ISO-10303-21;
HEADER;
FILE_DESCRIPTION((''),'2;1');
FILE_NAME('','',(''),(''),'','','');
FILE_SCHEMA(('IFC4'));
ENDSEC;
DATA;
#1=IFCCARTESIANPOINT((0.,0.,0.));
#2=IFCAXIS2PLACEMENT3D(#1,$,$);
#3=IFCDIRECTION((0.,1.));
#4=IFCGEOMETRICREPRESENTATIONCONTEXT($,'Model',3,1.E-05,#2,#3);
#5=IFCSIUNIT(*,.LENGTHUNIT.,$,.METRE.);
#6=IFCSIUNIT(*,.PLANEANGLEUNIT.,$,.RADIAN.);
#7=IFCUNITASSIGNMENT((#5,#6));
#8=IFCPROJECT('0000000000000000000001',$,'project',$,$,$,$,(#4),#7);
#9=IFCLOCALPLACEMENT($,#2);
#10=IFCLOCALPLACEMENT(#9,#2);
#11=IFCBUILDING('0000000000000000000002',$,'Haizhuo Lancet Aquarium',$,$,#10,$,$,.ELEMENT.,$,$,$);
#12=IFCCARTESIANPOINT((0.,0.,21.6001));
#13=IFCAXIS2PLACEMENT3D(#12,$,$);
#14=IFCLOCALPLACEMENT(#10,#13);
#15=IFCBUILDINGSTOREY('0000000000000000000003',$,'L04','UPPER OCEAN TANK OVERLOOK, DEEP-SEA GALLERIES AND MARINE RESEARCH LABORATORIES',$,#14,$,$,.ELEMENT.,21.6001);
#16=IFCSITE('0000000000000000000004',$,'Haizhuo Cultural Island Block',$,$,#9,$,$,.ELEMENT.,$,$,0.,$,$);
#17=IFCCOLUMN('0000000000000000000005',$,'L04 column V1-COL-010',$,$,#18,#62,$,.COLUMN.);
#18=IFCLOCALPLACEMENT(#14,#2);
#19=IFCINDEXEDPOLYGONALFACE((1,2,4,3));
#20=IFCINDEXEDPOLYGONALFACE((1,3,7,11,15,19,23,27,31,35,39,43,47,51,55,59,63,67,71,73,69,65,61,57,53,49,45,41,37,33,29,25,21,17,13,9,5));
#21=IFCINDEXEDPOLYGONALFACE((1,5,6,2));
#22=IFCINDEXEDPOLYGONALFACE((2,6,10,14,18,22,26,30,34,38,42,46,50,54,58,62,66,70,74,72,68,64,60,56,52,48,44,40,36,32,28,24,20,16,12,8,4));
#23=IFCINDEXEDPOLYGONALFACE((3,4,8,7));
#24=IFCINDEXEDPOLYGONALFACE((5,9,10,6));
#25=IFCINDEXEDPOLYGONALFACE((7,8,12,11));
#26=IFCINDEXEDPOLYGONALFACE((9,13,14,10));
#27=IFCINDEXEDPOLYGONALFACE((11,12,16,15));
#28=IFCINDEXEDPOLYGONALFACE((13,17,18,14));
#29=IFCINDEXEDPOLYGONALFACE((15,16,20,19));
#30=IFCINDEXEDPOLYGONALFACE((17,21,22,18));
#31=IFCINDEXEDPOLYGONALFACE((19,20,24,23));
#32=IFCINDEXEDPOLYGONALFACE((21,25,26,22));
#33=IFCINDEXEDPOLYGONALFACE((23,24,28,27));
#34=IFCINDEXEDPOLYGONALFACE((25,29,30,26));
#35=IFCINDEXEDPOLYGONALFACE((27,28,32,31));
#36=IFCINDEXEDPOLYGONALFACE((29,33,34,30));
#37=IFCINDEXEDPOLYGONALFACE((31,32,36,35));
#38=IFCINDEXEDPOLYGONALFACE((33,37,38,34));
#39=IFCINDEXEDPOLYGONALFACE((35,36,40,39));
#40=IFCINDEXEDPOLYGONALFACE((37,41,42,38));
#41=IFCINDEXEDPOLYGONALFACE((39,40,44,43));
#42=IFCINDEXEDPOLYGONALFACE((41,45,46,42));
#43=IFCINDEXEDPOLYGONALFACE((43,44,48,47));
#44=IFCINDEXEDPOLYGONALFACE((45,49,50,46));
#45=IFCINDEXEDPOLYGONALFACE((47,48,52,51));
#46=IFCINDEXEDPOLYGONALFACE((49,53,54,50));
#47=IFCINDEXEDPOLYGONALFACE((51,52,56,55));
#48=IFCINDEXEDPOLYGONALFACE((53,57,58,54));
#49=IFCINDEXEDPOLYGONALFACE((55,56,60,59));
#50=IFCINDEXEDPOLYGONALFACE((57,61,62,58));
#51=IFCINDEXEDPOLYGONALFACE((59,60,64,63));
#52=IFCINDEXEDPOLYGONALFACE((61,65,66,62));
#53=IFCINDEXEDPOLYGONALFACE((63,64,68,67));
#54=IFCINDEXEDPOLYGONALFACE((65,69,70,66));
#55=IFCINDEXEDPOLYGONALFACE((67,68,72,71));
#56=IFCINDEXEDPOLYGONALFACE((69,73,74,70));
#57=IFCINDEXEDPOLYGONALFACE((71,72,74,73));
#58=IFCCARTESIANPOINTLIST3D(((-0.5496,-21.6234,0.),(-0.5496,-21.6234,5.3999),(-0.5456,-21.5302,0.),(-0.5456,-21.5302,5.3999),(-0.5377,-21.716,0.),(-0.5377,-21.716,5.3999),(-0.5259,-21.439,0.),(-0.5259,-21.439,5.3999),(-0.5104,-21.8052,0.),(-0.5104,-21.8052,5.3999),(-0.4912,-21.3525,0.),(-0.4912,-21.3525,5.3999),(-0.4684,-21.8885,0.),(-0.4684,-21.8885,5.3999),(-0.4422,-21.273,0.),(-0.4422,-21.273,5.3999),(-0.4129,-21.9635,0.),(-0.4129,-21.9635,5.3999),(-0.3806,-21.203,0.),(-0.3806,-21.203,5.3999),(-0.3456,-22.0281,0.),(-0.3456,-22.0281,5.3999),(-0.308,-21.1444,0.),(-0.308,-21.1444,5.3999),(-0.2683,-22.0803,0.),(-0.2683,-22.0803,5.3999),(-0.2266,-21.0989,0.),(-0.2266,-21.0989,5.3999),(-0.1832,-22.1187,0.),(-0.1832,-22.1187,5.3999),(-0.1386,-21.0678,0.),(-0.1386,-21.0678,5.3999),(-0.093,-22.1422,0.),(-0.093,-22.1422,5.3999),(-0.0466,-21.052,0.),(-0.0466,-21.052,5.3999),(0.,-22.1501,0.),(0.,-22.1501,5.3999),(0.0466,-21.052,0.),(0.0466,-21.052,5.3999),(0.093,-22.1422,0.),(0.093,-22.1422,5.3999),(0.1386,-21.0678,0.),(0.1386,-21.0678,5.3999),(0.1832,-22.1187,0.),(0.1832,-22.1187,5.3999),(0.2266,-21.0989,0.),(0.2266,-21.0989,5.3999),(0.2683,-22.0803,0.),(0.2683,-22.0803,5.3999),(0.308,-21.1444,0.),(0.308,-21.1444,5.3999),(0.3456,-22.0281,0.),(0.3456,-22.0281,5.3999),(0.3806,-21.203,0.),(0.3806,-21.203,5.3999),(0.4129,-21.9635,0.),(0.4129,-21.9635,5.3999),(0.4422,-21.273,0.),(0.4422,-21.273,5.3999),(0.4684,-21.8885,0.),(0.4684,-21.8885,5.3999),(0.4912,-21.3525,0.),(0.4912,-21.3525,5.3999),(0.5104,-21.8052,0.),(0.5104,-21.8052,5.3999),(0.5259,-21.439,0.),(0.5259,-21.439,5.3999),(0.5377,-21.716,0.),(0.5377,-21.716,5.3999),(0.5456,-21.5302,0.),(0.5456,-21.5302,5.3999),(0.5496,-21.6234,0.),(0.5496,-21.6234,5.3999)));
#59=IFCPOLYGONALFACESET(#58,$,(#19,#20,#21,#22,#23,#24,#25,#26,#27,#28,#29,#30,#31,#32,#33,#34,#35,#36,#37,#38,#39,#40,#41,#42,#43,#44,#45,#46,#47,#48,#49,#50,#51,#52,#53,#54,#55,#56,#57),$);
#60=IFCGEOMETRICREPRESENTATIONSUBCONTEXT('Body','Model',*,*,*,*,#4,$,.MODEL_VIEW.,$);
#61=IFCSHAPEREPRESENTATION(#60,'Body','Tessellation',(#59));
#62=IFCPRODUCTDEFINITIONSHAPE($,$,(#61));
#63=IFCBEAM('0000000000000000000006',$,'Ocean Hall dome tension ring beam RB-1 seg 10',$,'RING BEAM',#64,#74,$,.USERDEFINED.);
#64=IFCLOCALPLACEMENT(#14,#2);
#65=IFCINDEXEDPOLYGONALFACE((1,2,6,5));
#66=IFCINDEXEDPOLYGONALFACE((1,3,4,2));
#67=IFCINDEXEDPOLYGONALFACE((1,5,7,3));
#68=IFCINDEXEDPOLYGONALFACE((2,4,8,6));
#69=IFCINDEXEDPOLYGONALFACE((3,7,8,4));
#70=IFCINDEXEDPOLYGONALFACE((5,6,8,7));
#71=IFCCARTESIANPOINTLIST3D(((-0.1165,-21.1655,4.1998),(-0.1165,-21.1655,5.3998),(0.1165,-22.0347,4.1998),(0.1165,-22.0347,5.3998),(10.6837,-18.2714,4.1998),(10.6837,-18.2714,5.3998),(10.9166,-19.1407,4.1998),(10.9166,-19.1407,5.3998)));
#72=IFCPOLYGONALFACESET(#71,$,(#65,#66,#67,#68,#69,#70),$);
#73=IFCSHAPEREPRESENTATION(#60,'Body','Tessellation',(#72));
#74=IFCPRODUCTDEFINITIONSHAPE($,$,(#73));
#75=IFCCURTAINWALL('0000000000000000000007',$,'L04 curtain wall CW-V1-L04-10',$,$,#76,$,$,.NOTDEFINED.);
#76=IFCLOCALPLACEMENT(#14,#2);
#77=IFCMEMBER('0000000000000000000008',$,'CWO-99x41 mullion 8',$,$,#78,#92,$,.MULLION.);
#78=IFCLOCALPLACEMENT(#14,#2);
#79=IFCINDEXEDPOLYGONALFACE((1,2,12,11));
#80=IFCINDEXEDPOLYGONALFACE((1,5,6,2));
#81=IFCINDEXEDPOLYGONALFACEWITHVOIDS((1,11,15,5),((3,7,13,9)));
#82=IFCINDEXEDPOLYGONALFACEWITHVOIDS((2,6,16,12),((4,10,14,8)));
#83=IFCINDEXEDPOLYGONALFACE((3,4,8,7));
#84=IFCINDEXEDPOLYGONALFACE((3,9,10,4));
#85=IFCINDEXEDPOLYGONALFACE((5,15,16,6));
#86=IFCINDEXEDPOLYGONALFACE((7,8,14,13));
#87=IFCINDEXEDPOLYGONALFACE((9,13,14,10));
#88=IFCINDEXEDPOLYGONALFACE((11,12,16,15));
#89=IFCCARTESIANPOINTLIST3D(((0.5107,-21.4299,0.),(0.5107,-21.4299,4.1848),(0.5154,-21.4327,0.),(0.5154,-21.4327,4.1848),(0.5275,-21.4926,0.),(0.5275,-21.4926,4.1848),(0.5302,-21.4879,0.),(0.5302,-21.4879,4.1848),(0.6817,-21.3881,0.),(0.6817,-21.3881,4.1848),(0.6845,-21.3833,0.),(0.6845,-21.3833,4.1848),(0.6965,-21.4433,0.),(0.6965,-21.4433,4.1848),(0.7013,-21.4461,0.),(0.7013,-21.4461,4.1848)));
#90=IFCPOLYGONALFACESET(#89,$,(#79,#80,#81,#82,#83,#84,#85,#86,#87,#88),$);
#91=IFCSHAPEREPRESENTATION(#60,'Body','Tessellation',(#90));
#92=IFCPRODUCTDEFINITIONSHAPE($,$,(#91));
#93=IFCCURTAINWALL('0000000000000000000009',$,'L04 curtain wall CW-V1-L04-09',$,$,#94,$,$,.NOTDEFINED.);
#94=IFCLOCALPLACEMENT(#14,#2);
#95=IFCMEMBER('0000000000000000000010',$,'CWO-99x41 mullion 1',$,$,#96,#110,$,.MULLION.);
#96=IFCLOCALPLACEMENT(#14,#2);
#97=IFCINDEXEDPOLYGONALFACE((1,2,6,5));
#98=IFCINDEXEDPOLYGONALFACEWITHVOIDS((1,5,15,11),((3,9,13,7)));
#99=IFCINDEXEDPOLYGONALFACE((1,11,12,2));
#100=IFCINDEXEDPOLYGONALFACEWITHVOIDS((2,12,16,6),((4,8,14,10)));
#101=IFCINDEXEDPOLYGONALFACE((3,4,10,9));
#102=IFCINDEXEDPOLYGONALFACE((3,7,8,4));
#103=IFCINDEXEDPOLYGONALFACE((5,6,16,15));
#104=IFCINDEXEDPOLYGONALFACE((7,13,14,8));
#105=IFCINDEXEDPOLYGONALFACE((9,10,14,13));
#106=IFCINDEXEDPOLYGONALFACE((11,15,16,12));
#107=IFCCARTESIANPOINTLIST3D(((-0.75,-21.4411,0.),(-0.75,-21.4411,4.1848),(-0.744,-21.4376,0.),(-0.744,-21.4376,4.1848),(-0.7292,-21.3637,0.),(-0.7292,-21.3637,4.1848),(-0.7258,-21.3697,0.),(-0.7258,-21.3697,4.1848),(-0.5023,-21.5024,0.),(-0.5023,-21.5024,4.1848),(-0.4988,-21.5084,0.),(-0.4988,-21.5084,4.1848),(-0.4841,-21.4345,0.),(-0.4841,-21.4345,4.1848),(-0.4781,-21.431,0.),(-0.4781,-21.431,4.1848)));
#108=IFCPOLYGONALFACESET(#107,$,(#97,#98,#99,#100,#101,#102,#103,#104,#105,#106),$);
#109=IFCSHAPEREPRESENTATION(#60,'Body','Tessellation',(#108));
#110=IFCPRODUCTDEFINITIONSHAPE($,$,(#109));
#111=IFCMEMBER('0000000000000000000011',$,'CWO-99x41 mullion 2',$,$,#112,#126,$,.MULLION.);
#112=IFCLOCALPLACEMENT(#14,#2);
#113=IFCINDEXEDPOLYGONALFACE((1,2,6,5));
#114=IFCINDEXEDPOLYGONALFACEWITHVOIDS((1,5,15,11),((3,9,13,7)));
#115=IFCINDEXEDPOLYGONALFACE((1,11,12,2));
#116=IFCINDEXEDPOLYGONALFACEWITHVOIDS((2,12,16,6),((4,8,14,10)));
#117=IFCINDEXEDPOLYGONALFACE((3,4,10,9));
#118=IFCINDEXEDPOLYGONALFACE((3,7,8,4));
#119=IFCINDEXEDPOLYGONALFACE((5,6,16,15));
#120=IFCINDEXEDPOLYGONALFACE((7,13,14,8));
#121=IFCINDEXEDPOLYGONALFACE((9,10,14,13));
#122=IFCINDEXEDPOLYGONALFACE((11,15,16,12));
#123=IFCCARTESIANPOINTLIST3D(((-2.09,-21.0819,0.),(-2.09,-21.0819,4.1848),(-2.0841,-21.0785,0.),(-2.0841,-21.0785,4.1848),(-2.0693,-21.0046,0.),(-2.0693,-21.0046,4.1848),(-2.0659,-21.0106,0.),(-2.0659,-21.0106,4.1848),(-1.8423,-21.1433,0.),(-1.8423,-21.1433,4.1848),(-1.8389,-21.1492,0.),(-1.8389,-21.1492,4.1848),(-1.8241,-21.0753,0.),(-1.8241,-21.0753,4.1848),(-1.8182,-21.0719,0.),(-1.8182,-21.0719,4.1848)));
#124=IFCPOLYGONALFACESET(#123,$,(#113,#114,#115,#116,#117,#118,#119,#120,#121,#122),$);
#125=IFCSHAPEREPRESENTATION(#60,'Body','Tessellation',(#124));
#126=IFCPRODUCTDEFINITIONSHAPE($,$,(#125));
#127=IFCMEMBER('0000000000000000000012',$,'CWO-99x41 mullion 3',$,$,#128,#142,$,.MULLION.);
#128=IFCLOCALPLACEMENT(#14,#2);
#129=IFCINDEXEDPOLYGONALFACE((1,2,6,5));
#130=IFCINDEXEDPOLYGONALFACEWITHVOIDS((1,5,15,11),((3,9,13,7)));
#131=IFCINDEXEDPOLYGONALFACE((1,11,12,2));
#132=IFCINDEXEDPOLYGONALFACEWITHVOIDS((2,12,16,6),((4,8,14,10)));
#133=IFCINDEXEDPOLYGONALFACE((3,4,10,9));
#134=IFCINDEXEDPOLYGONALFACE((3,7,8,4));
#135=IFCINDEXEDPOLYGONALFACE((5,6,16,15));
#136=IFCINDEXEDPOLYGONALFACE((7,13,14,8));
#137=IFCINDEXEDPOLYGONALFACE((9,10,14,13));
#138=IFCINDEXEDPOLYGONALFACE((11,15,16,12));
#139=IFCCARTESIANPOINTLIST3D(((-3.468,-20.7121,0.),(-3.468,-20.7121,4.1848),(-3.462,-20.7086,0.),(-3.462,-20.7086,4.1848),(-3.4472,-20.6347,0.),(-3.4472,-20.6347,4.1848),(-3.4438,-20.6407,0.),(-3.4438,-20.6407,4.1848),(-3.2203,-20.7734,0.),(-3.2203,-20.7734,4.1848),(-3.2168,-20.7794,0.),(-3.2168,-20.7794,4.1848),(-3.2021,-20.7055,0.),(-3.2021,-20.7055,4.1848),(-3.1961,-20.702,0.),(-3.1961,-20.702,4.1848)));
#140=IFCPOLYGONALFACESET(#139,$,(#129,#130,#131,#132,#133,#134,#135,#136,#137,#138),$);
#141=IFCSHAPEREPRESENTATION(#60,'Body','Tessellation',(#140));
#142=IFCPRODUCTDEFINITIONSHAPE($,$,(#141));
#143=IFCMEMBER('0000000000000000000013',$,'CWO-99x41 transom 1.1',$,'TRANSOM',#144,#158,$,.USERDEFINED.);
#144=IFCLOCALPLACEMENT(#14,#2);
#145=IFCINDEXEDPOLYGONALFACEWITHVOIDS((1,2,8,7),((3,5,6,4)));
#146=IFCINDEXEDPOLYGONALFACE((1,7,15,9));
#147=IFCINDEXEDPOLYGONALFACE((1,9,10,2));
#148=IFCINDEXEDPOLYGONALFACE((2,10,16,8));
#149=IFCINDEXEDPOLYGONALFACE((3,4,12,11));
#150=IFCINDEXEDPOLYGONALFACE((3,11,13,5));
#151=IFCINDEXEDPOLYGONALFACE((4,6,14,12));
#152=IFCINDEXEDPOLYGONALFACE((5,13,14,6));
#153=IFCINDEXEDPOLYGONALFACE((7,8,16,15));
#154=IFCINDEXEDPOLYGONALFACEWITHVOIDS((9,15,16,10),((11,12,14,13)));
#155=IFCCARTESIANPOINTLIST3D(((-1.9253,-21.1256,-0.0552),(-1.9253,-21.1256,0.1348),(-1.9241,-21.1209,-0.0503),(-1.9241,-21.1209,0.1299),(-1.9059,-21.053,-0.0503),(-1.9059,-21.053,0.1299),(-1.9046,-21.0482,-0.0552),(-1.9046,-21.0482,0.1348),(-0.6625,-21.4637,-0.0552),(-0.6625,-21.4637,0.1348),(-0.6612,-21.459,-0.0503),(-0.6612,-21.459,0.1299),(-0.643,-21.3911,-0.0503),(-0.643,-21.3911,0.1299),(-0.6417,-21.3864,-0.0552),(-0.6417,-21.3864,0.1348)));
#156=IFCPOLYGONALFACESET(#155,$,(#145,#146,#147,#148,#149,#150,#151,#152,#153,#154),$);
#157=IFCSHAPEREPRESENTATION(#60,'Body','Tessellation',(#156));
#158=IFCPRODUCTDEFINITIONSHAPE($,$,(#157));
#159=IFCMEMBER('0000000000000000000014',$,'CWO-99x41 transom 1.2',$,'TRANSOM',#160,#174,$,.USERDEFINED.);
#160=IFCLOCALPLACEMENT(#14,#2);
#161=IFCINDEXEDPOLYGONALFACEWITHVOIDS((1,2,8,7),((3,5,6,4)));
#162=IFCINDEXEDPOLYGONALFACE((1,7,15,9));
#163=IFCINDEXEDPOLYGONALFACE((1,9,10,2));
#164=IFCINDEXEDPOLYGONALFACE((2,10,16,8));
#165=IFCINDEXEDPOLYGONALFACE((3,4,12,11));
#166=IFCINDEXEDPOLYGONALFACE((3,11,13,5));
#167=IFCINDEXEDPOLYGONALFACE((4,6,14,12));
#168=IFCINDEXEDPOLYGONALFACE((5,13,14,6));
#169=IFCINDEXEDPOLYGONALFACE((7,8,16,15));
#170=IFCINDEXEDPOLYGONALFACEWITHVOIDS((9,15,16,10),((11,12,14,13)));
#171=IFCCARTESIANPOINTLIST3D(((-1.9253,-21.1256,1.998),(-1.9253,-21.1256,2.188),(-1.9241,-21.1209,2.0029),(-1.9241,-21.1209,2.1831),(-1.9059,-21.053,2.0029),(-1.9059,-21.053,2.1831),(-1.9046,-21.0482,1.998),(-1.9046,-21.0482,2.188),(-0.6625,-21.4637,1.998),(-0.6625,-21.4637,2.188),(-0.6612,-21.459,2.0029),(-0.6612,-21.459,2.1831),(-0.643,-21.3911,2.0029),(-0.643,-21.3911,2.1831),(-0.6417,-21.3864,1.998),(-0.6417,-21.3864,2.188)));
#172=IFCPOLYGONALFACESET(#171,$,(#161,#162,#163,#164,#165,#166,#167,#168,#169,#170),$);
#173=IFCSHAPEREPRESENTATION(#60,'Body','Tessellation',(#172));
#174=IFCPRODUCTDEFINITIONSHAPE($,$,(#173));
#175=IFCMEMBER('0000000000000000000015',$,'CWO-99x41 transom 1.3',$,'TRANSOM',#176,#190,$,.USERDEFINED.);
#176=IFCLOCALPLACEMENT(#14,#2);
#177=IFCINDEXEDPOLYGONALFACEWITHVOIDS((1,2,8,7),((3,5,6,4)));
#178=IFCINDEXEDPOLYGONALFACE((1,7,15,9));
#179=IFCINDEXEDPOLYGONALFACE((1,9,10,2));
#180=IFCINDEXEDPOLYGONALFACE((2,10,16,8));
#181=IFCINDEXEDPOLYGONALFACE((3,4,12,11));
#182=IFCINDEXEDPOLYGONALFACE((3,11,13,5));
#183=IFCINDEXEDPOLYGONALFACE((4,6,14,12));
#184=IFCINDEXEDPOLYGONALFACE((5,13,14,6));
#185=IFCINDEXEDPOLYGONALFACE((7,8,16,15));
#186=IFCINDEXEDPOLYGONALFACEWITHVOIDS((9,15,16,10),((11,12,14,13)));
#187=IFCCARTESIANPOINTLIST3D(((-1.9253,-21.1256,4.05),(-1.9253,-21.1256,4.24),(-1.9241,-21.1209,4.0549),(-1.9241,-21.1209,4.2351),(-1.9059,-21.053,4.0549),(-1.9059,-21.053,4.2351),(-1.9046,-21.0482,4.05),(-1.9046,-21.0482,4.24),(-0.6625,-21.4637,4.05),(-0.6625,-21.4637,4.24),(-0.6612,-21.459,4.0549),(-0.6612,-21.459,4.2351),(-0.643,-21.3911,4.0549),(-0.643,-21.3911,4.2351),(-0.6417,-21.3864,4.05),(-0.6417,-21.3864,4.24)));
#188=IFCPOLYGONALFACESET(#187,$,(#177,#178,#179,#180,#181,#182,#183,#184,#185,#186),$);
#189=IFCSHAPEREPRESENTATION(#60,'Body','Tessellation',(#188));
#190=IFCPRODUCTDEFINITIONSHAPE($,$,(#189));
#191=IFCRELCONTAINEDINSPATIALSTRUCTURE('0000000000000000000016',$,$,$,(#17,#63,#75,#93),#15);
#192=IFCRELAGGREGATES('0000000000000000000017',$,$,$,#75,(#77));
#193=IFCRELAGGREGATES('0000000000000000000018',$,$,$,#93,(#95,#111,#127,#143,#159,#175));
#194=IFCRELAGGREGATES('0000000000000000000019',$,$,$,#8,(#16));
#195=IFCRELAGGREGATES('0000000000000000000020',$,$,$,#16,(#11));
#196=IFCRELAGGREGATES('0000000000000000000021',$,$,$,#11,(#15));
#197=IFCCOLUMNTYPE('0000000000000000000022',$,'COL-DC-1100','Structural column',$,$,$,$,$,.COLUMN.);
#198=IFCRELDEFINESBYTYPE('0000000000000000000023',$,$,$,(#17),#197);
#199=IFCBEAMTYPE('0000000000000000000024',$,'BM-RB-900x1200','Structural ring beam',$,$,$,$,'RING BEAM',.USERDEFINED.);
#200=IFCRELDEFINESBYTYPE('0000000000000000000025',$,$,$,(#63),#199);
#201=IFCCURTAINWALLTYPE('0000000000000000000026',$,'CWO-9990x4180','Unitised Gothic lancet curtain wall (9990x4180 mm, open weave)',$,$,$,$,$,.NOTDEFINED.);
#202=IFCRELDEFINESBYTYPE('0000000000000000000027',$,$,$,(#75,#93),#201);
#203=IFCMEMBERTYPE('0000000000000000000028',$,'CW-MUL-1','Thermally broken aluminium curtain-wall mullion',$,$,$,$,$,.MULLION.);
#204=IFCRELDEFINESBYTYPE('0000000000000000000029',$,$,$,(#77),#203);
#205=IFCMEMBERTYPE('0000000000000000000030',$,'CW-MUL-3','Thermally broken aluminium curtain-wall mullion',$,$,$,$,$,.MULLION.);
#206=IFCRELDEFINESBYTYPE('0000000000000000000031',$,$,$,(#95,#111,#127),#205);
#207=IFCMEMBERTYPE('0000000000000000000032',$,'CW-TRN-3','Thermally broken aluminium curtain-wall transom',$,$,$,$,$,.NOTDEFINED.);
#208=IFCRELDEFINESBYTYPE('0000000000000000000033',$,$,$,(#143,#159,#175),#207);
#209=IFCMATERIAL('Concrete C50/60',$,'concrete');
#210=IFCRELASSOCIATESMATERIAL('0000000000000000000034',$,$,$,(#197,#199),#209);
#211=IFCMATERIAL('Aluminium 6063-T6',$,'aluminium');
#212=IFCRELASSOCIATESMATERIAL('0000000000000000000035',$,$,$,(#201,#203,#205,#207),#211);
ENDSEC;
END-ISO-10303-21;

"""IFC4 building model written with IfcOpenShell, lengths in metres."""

from ifc_helpers import new_model, si_unit, direction, frame, origin, origin_2d, place, context, subcontext, project, spatial, rectangle, hollow_rectangle, circle, extrude, material, material_profile, profile_set, type_object, element, aggregate, save


model = new_model("IFC4")

# Units and contexts
model_context = context("Model", 3, precision=1e-05, world=origin(), true_north=direction((0.0, 1.0)))
body_context = subcontext(model_context, "Body", "Model", "MODEL_VIEW")
ifc_project = project(units=[si_unit("LENGTHUNIT", "METRE"), si_unit("PLANEANGLEUNIT", "RADIAN")], contexts=[model_context])

# Site, building, storey
site_placement = place(None, origin())
site = spatial("IfcSite", under=ifc_project, at=site_placement, Name="Haizhuo Cultural Island Block", CompositionType="ELEMENT", RefElevation=0.0)
building_placement = place(site_placement, origin())
building = spatial("IfcBuilding", under=site, at=building_placement, Name="Haizhuo Lancet Aquarium", CompositionType="ELEMENT")
storey_placement = place(building_placement, frame((0.0, 0.0, 21.6001)))
storey = spatial("IfcBuildingStorey", under=building, at=storey_placement, Name="L04", Description="UPPER OCEAN TANK OVERLOOK, DEEP-SEA GALLERIES AND MARINE RESEARCH LABORATORIES", CompositionType="ELEMENT", Elevation=21.6001)

# Column
ifc_material_1 = material(Name="Concrete C50/60", Category="concrete")
ifc_material_profile_1 = material_profile(ifc_material_1, circle(Radius=0.55, at=origin_2d()), Name="RC-DC 1100")
ifc_profile_set_1 = profile_set([ifc_material_profile_1], Name="Concrete C50/60")
column_type = type_object("IfcColumnType", Name="COL-DC-1100", Description="Structural column", PredefinedType="COLUMN", material=ifc_profile_set_1)
column_placement = place(storey_placement, frame((0.0, -21.6001, 0.0), z_axis=(0.0, 0.0, 1.0), x_axis=(0.0, -1.0, 0.0)))
element("IfcColumn", 1, at=column_placement, inside=storey, type_object=column_type, Name="L04 column V1-COL-010", PredefinedType="COLUMN", context=body_context, shape_type="SweptSolid", body=[
    extrude(circle(Radius=0.55, at=origin_2d()), origin(), (0.0, 0.0, 1.0), 5.3999),
])

# Beam
ifc_material_profile_2 = material_profile(ifc_material_1, rectangle(XDim=0.8999, YDim=1.2, at=origin_2d()), Name="RC-RB 900x1200")
ifc_profile_set_2 = profile_set([ifc_material_profile_2], Name="Concrete C50/60")
beam_type = type_object("IfcBeamType", Name="BM-RB-900x1200", Description="Structural ring beam", ElementType="RING BEAM", PredefinedType="USERDEFINED", material=ifc_profile_set_2)
beam_placement = place(storey_placement, frame((0.0, -21.6001, 4.7998), z_axis=(0.965922, 0.258834, 0.0), x_axis=(-0.258834, 0.965922, 0.0)))
element("IfcBeam", 2, at=beam_placement, inside=storey, type_object=beam_type, Name="Ocean Hall dome tension ring beam RB-1 seg 10", ObjectType="RING BEAM", PredefinedType="USERDEFINED", context=body_context, shape_type="SweptSolid", body=[
    extrude(rectangle(XDim=0.8999, YDim=1.2, at=origin_2d()), origin(), (0.0, 0.0, 1.0), 11.1812),
])

# Curtain wall, member
ifc_material_2 = material(Name="Aluminium 6063-T6", Category="aluminium")
curtain_wall_type = type_object("IfcCurtainWallType", Name="CWO-9990x4180", Description="Unitised Gothic lancet curtain wall (9990x4180 mm, open weave)", PredefinedType="NOTDEFINED", material=ifc_material_2)
curtain_wall_1_placement = place(storey_placement, origin())
curtain_wall_1 = element("IfcCurtainWall", 3, at=curtain_wall_1_placement, inside=storey, type_object=curtain_wall_type, Name="L04 curtain wall CW-V1-L04-10", PredefinedType="NOTDEFINED")
ifc_material_profile_3 = material_profile(ifc_material_2, hollow_rectangle(XDim=0.0649, YDim=0.1799, WallThickness=0.0039, at=origin_2d()), Name="ALU-M 65x180x4")
ifc_profile_set_3 = profile_set([ifc_material_profile_3], Name="Aluminium 6063-T6")
member_type_1 = type_object("IfcMemberType", Name="CW-MUL-1", Description="Thermally broken aluminium curtain-wall mullion", PredefinedType="MULLION", material=ifc_profile_set_3)
member_1_placement = place(storey_placement, frame((0.606, -21.438, 0.0), z_axis=(0.0, 0.0, 1.0), x_axis=(0.258853, -0.965917, 0.0)))
member_1 = element("IfcMember", 4, at=member_1_placement, type_object=member_type_1, Name="CWO-99x41 mullion 8", PredefinedType="MULLION", context=body_context, shape_type="SweptSolid", body=[
    extrude(hollow_rectangle(XDim=0.0649, YDim=0.1799, WallThickness=0.0039, at=origin_2d()), origin(), (0.0, 0.0, 1.0), 4.1848),
])
aggregate(curtain_wall_1, [member_1])

# Curtain wall, members
curtain_wall_2_placement = place(storey_placement, origin())
curtain_wall_2 = element("IfcCurtainWall", 5, at=curtain_wall_2_placement, inside=storey, type_object=curtain_wall_type, Name="L04 curtain wall CW-V1-L04-09", PredefinedType="NOTDEFINED")
ifc_material_profile_4 = material_profile(ifc_material_2, hollow_rectangle(XDim=0.0801, YDim=0.26, WallThickness=0.0049, at=origin_2d()), Name="ALU-M 80x260x5")
ifc_profile_set_4 = profile_set([ifc_material_profile_4], Name="Aluminium 6063-T6")
member_type_2 = type_object("IfcMemberType", Name="CW-MUL-3", Description="Thermally broken aluminium curtain-wall mullion", PredefinedType="MULLION", material=ifc_profile_set_4)
member_2_placement = place(storey_placement, frame((-0.614, -21.436, 0.0), z_axis=(0.0, 0.0, 1.0), x_axis=(-0.258853, -0.965917, 0.0)))
member_2 = element("IfcMember", 6, at=member_2_placement, type_object=member_type_2, Name="CWO-99x41 mullion 1", PredefinedType="MULLION", context=body_context, shape_type="SweptSolid", body=[
    extrude(hollow_rectangle(XDim=0.0801, YDim=0.26, WallThickness=0.0049, at=origin_2d()), origin(), (0.0, 0.0, 1.0), 4.1848),
])
member_3_placement = place(storey_placement, frame((-1.9541, -21.0769, 0.0), z_axis=(0.0, 0.0, 1.0), x_axis=(-0.258853, -0.965917, 0.0)))
member_3 = element("IfcMember", 7, at=member_3_placement, type_object=member_type_2, Name="CWO-99x41 mullion 2", PredefinedType="MULLION", context=body_context, shape_type="SweptSolid", body=[
    extrude(hollow_rectangle(XDim=0.0801, YDim=0.26, WallThickness=0.0049, at=origin_2d()), origin(), (0.0, 0.0, 1.0), 4.1848),
])
member_4_placement = place(storey_placement, frame((-3.332, -20.707, 0.0), z_axis=(0.0, 0.0, 1.0), x_axis=(-0.258853, -0.965917, 0.0)))
member_4 = element("IfcMember", 8, at=member_4_placement, type_object=member_type_2, Name="CWO-99x41 mullion 3", PredefinedType="MULLION", context=body_context, shape_type="SweptSolid", body=[
    extrude(hollow_rectangle(XDim=0.0801, YDim=0.26, WallThickness=0.0049, at=origin_2d()), origin(), (0.0, 0.0, 1.0), 4.1848),
])
ifc_material_profile_5 = material_profile(ifc_material_2, hollow_rectangle(XDim=0.0801, YDim=0.1899, WallThickness=0.0049, at=origin_2d()), Name="ALU-T 80x190x5")
ifc_profile_set_5 = profile_set([ifc_material_profile_5], Name="Aluminium 6063-T6")
member_type_3 = type_object("IfcMemberType", Name="CW-TRN-3", Description="Thermally broken aluminium curtain-wall transom", PredefinedType="NOTDEFINED", material=ifc_profile_set_5)
member_5_placement = place(storey_placement, frame((-0.6521, -21.425, 0.0398), z_axis=(-0.965977, 0.258627, 0.0), x_axis=(-0.258627, -0.965977, 0.0)))
member_5 = element("IfcMember", 9, at=member_5_placement, type_object=member_type_3, Name="CWO-99x41 transom 1.1", ObjectType="TRANSOM", PredefinedType="USERDEFINED", context=body_context, shape_type="SweptSolid", body=[
    extrude(hollow_rectangle(XDim=0.0801, YDim=0.1899, WallThickness=0.0049, at=origin_2d()), origin(), (0.0, 0.0, 1.0), 1.3074),
])
member_6_placement = place(storey_placement, frame((-0.6521, -21.425, 2.093), z_axis=(-0.965977, 0.258627, 0.0), x_axis=(-0.258627, -0.965977, 0.0)))
member_6 = element("IfcMember", 10, at=member_6_placement, type_object=member_type_3, Name="CWO-99x41 transom 1.2", ObjectType="TRANSOM", PredefinedType="USERDEFINED", context=body_context, shape_type="SweptSolid", body=[
    extrude(hollow_rectangle(XDim=0.0801, YDim=0.1899, WallThickness=0.0049, at=origin_2d()), origin(), (0.0, 0.0, 1.0), 1.3074),
])
member_7_placement = place(storey_placement, frame((-0.6521, -21.425, 4.145), z_axis=(-0.965977, 0.258627, 0.0), x_axis=(-0.258627, -0.965977, 0.0)))
member_7 = element("IfcMember", 11, at=member_7_placement, type_object=member_type_3, Name="CWO-99x41 transom 1.3", ObjectType="TRANSOM", PredefinedType="USERDEFINED", context=body_context, shape_type="SweptSolid", body=[
    extrude(hollow_rectangle(XDim=0.0801, YDim=0.1899, WallThickness=0.0049, at=origin_2d()), origin(), (0.0, 0.0, 1.0), 1.3074),
])

aggregate(curtain_wall_2, [member_2, member_3, member_4, member_5, member_6, member_7])

save(model, "model.ifc")
